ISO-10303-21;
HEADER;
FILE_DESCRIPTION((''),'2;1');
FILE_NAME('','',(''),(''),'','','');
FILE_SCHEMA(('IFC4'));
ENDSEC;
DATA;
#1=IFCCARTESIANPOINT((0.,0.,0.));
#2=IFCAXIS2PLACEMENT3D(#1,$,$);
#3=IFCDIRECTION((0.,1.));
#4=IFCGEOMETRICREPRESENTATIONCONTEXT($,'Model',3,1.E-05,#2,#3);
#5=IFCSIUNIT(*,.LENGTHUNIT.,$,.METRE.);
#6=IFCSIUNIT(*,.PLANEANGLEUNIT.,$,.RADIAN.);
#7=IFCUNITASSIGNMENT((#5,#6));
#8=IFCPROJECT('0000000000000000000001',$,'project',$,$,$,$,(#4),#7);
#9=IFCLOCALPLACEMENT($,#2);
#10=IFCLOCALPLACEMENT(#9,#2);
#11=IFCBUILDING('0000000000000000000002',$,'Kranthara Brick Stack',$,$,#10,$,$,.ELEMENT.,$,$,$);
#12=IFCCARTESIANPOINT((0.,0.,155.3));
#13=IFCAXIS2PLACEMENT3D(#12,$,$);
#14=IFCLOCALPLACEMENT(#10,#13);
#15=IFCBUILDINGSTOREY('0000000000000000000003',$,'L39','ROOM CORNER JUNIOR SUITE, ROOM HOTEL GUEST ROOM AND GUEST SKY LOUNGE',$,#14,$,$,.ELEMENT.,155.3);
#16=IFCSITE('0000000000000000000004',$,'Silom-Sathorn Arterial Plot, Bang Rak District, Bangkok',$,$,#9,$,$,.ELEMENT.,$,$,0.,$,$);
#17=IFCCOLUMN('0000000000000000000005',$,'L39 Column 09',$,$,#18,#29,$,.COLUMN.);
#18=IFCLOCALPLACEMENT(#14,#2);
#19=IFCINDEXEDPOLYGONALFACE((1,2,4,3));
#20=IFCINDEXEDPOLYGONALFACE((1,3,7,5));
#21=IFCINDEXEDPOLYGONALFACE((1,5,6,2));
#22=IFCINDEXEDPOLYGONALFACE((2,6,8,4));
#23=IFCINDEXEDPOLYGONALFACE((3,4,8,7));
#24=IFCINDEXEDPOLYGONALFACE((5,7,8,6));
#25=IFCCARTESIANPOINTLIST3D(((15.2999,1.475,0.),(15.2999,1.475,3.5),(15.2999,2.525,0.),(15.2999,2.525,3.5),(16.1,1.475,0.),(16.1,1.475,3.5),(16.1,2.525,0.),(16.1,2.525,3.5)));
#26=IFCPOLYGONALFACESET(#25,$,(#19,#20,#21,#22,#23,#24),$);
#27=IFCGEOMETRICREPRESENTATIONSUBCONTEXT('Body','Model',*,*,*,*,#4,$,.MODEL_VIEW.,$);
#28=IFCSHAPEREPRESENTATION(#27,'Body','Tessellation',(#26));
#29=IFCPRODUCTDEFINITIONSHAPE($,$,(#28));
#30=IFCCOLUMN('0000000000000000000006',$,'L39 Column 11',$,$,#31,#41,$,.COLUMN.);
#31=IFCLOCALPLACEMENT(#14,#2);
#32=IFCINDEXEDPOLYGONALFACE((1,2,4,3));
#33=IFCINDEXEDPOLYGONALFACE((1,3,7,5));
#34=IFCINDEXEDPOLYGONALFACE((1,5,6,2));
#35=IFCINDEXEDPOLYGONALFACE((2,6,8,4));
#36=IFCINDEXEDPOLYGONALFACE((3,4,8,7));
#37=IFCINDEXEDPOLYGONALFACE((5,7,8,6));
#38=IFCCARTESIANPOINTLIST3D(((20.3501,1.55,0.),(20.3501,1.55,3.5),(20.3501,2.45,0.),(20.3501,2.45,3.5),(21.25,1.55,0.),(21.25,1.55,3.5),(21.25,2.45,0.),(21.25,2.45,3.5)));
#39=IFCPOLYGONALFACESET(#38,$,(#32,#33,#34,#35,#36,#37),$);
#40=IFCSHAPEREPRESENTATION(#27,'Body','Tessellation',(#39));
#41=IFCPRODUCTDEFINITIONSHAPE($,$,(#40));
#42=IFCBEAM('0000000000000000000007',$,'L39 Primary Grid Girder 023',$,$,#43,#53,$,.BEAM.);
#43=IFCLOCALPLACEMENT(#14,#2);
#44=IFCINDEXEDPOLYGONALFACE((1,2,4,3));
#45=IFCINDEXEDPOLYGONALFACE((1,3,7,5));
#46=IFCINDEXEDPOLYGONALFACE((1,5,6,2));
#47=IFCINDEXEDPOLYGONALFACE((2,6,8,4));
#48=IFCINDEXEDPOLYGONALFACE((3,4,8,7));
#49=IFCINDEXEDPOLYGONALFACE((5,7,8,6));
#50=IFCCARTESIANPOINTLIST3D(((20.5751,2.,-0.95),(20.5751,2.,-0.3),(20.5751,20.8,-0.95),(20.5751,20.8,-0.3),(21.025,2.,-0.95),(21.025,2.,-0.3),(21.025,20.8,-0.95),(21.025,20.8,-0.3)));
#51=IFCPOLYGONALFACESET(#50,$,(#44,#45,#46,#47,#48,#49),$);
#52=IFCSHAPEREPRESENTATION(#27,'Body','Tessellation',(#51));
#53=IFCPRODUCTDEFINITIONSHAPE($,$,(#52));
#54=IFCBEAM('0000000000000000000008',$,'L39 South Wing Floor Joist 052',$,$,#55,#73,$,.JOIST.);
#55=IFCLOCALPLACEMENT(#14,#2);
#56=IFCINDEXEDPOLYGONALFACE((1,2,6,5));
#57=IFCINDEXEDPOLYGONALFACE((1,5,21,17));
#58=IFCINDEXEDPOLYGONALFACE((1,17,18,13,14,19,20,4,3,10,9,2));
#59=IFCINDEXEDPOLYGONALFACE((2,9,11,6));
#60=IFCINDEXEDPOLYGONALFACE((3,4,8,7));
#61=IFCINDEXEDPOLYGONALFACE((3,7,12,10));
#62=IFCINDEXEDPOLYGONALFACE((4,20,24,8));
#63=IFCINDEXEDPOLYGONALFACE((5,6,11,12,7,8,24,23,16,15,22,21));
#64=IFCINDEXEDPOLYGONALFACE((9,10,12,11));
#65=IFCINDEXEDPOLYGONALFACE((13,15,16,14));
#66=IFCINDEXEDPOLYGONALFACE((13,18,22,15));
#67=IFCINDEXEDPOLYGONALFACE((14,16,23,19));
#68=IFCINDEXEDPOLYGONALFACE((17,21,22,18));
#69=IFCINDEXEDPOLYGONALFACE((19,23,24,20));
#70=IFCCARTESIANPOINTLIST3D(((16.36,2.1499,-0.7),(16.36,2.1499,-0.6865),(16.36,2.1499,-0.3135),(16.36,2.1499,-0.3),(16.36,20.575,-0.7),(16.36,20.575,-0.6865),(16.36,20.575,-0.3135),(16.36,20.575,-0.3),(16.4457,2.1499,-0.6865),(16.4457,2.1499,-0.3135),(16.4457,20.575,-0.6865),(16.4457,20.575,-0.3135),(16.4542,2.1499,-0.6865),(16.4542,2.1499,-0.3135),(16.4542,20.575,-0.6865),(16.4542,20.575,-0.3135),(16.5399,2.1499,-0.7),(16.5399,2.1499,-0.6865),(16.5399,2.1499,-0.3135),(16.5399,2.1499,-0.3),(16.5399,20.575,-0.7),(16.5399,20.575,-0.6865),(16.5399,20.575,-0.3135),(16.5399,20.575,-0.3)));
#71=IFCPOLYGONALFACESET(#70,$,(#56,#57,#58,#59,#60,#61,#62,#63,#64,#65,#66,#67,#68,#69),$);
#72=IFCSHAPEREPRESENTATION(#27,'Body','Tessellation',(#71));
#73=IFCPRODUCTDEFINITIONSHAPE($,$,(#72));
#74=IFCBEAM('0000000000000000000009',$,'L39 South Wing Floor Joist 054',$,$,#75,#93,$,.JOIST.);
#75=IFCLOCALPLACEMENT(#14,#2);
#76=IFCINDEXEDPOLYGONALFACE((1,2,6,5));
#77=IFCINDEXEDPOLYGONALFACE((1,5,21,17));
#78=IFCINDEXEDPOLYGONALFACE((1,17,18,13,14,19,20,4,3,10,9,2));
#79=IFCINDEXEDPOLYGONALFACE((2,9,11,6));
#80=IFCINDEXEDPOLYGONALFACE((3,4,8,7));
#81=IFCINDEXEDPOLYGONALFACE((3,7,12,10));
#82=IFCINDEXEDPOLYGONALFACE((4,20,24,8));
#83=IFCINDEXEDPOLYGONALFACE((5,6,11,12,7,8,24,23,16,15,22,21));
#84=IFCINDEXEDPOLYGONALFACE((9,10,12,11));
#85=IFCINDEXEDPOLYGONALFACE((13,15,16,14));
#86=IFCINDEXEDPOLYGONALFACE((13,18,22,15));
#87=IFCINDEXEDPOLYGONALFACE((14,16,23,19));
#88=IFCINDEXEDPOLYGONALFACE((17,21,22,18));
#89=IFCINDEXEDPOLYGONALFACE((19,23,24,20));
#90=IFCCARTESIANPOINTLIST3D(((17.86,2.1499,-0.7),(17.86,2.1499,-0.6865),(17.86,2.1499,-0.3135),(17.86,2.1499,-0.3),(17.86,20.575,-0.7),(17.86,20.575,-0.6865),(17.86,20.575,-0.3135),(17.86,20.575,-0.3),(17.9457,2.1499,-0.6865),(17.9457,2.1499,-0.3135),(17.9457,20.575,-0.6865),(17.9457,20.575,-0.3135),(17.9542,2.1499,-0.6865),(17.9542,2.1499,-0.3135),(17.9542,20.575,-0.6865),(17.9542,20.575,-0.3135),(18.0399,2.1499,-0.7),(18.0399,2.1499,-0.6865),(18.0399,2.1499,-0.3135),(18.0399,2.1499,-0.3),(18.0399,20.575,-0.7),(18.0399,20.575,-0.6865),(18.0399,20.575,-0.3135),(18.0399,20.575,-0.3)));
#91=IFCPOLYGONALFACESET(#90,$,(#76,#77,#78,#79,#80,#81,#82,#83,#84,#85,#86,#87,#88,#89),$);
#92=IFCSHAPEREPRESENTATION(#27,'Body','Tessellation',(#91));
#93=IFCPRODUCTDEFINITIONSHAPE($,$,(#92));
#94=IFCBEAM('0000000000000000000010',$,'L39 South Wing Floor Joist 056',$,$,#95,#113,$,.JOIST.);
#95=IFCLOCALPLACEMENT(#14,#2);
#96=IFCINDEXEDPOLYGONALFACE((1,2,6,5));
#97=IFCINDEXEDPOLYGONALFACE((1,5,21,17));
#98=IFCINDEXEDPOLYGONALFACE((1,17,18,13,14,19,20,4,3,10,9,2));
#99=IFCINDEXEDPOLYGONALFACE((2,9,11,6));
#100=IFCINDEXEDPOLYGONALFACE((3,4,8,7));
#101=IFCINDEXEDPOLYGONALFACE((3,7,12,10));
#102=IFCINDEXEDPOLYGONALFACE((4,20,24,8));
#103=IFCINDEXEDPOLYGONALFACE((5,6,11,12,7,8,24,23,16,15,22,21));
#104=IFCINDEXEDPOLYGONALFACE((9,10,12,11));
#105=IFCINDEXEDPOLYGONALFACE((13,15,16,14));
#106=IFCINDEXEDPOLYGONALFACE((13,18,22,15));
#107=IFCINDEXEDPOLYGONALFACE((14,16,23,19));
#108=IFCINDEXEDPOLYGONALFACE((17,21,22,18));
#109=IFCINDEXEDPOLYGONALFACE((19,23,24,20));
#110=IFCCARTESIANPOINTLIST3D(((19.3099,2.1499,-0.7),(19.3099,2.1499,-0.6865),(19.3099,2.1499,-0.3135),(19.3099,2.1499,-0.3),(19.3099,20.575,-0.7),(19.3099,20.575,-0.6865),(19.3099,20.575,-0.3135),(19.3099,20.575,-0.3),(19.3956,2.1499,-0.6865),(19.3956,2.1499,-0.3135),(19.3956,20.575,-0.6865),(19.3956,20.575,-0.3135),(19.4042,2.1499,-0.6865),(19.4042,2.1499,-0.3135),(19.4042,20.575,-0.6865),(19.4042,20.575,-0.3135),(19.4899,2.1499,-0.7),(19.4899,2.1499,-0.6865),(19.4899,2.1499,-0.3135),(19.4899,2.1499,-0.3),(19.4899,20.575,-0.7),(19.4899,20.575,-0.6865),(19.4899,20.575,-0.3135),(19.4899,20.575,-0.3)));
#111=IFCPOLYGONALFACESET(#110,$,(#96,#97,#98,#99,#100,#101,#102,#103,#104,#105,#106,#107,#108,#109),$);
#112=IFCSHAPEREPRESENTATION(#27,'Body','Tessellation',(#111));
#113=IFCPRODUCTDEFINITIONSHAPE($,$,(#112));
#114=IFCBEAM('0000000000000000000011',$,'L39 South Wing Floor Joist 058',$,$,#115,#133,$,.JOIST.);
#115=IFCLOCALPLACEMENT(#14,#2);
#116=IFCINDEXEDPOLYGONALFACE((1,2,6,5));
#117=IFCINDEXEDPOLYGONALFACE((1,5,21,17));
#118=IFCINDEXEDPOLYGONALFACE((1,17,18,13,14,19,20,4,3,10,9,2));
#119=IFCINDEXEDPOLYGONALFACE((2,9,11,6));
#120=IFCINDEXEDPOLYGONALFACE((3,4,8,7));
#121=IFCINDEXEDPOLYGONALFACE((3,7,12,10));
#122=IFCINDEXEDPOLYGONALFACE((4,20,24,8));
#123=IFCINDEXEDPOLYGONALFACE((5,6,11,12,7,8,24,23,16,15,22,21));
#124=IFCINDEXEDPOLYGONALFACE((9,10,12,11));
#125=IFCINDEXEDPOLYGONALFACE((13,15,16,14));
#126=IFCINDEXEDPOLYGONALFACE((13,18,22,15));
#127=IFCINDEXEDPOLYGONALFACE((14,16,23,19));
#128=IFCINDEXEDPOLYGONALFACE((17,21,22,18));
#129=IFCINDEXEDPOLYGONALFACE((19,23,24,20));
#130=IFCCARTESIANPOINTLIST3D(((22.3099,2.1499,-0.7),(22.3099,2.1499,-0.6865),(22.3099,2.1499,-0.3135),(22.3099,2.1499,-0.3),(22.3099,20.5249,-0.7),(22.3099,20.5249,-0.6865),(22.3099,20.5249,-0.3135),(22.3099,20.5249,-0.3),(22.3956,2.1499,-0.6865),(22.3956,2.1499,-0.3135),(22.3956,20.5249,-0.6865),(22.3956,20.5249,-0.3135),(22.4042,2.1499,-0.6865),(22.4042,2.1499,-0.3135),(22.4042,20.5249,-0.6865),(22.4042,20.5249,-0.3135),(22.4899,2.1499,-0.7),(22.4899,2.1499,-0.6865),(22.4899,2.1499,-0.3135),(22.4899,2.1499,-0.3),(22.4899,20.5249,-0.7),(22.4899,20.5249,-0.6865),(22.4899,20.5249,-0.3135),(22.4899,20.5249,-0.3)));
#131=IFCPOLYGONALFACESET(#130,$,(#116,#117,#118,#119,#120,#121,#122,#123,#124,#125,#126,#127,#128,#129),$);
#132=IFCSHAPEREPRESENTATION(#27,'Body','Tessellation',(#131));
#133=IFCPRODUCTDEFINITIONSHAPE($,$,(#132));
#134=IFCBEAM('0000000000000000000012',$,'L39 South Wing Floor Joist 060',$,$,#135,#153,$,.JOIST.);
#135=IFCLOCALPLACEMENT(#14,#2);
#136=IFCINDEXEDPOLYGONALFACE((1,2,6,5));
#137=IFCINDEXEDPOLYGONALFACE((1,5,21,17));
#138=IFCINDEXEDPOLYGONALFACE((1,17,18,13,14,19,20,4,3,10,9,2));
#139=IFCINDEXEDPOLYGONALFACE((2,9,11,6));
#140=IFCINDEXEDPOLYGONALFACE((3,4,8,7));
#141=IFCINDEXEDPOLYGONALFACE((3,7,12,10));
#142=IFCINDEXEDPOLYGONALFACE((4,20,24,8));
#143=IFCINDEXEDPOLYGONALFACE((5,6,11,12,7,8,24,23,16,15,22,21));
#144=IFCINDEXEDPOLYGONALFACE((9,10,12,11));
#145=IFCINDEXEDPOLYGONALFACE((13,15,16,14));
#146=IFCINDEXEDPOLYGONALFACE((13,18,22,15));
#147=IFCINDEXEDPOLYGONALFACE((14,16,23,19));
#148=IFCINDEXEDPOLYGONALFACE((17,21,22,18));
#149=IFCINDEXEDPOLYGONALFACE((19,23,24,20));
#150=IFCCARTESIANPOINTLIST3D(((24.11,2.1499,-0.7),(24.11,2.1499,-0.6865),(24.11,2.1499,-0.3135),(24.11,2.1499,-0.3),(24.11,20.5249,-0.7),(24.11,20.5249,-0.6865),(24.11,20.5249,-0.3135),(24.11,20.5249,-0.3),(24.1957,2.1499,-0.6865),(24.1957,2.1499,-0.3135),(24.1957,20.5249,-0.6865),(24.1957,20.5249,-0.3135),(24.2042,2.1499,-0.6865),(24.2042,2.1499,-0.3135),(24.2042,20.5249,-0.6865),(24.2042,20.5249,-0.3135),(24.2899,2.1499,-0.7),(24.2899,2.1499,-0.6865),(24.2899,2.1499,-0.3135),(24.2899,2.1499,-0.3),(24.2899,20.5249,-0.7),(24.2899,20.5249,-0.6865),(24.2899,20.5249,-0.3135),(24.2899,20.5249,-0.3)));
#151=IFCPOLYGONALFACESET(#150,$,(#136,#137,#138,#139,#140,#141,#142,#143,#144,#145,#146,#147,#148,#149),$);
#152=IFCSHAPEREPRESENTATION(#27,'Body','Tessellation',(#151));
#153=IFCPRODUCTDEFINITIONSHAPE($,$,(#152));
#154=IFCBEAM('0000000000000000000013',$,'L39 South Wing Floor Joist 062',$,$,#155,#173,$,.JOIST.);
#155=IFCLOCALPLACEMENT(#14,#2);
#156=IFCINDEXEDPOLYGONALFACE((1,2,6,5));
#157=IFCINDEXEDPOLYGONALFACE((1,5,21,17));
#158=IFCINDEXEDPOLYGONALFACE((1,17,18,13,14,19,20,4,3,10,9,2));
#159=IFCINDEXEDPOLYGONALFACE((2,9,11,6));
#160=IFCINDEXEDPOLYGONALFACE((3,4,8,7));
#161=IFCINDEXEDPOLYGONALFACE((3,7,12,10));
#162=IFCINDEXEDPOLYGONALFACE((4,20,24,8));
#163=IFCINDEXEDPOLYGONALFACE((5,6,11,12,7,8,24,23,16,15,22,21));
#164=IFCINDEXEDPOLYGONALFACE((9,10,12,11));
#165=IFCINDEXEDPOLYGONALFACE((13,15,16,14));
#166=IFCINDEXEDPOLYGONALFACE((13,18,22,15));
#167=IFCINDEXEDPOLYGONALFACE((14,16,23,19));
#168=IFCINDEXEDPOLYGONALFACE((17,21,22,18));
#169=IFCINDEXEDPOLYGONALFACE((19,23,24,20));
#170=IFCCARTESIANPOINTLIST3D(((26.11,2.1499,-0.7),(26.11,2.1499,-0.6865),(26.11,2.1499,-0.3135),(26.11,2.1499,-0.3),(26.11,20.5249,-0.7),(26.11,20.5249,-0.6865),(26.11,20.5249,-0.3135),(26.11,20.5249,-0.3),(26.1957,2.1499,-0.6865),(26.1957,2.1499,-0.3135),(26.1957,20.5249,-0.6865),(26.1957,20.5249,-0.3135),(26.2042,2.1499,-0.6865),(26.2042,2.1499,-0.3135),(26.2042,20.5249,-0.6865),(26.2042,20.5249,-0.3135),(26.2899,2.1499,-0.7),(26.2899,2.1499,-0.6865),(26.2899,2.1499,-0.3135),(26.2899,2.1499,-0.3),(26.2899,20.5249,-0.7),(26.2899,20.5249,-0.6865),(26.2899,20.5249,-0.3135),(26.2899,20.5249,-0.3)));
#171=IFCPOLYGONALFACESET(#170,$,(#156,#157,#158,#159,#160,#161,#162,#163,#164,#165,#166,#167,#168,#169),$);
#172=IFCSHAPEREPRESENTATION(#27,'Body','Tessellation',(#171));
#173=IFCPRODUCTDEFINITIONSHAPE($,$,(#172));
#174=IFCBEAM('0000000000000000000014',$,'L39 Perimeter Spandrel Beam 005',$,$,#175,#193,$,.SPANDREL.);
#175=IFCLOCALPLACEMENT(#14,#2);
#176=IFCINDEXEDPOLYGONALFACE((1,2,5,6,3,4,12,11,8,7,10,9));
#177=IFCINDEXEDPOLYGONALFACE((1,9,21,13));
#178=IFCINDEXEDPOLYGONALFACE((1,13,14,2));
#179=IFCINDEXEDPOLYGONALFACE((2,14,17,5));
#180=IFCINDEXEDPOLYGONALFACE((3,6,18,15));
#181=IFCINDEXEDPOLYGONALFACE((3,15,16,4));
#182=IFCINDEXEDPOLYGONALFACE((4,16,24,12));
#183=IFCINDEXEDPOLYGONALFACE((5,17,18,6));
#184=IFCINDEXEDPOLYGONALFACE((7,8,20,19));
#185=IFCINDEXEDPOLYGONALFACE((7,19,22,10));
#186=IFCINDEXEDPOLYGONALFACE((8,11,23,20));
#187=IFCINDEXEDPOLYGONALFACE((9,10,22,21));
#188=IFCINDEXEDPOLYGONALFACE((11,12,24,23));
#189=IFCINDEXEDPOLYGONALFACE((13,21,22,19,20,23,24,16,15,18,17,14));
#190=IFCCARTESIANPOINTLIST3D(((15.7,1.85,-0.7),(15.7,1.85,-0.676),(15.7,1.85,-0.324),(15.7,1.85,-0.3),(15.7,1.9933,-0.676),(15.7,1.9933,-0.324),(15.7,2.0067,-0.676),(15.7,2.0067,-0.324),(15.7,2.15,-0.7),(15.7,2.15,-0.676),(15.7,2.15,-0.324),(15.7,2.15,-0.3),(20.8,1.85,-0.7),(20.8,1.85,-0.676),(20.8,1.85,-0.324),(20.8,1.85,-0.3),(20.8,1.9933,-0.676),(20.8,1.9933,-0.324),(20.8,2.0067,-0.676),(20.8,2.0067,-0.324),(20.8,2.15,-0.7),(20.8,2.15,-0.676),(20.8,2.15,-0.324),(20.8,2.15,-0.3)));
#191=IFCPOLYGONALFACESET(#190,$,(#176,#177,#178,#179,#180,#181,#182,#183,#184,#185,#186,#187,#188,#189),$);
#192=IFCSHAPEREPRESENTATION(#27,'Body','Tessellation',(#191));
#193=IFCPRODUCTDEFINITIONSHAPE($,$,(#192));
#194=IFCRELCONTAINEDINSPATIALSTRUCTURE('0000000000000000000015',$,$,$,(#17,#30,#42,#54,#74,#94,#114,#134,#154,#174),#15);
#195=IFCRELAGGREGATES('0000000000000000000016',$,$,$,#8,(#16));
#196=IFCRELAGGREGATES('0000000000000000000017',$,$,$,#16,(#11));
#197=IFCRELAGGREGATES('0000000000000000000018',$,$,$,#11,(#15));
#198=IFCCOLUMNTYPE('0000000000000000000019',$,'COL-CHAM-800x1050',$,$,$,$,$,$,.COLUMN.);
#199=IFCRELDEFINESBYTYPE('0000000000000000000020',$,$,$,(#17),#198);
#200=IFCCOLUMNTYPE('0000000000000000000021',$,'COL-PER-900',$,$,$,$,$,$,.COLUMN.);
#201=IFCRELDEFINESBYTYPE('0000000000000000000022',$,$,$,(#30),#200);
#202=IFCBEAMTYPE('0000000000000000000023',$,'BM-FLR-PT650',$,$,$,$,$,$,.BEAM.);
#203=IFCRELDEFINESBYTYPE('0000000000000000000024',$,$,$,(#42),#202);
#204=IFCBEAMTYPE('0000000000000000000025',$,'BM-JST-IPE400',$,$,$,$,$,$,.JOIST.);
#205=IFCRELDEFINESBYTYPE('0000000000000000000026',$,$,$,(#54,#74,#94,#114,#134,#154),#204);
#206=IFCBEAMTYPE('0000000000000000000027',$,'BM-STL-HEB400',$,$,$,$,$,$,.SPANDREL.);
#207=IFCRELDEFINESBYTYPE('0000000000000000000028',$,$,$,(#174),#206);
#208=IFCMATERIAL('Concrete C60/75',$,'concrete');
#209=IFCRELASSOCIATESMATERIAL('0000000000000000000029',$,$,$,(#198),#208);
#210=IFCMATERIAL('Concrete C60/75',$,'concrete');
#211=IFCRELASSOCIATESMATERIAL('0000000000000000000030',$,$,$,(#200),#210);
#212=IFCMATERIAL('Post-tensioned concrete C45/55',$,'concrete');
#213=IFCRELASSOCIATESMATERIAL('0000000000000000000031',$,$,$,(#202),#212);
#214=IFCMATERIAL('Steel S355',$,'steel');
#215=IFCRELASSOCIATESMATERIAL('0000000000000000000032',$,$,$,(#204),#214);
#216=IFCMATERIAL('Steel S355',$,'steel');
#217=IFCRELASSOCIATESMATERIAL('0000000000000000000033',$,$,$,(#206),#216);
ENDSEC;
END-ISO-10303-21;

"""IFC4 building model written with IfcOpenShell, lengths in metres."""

from ifc_helpers import new_model, si_unit, direction, frame, origin, origin_2d, place, context, subcontext, project, spatial, rectangle, i_section, extrude, material, material_profile, profile_set, type_object, element, save


model = new_model("IFC4")

# Units and contexts
model_context = context("Model", 3, precision=1e-05, world=origin(), true_north=direction((0.0, 1.0)))
body_context = subcontext(model_context, "Body", "Model", "MODEL_VIEW")
ifc_project = project(units=[si_unit("LENGTHUNIT", "METRE"), si_unit("PLANEANGLEUNIT", "RADIAN")], contexts=[model_context])

# Site, building, storey
site_placement = place(None, origin())
site = spatial("IfcSite", under=ifc_project, at=site_placement, Name="Silom-Sathorn Arterial Plot, Bang Rak District, Bangkok", CompositionType="ELEMENT", RefElevation=0.0)
building_placement = place(site_placement, origin())
building = spatial("IfcBuilding", under=site, at=building_placement, Name="Kranthara Brick Stack", CompositionType="ELEMENT")
storey_placement = place(building_placement, frame((0.0, 0.0, 155.3)))
storey = spatial("IfcBuildingStorey", under=building, at=storey_placement, Name="L39", Description="ROOM CORNER JUNIOR SUITE, ROOM HOTEL GUEST ROOM AND GUEST SKY LOUNGE", CompositionType="ELEMENT", Elevation=155.3)

# Columns
ifc_material_1 = material(Name="Concrete C60/75", Category="concrete")
ifc_material_profile_1 = material_profile(ifc_material_1, rectangle(XDim=0.8, YDim=1.05, at=origin_2d()), Name="RC 800x1050")
ifc_profile_set_1 = profile_set([ifc_material_profile_1], Name="Concrete C60/75")
column_type_1 = type_object("IfcColumnType", Name="COL-CHAM-800x1050", PredefinedType="COLUMN", material=ifc_profile_set_1)
column_1_placement = place(storey_placement, frame((15.7, 2.0, 0.0), z_axis=(0.0, 0.0, 1.0), x_axis=(1.0, 0.0, 0.0)))
element("IfcColumn", 1, at=column_1_placement, inside=storey, type_object=column_type_1, Name="L39 Column 09", PredefinedType="COLUMN", context=body_context, shape_type="SweptSolid", body=[
    extrude(rectangle(XDim=0.8, YDim=1.05, at=origin_2d()), origin(), (0.0, 0.0, 1.0), 3.5),
])
ifc_material_2 = material(Name="Concrete C60/75", Category="concrete")
ifc_material_profile_2 = material_profile(ifc_material_2, rectangle(XDim=0.8999, YDim=0.8999, at=origin_2d()), Name="RC 900x900")
ifc_profile_set_2 = profile_set([ifc_material_profile_2], Name="Concrete C60/75")
column_type_2 = type_object("IfcColumnType", Name="COL-PER-900", PredefinedType="COLUMN", material=ifc_profile_set_2)
column_2_placement = place(storey_placement, frame((20.8, 2.0, 0.0), z_axis=(0.0, 0.0, 1.0), x_axis=(1.0, 0.0, 0.0)))
element("IfcColumn", 2, at=column_2_placement, inside=storey, type_object=column_type_2, Name="L39 Column 11", PredefinedType="COLUMN", context=body_context, shape_type="SweptSolid", body=[
    extrude(rectangle(XDim=0.8999, YDim=0.8999, at=origin_2d()), origin(), (0.0, 0.0, 1.0), 3.5),
])

# Beams
ifc_material_3 = material(Name="Post-tensioned concrete C45/55", Category="concrete")
ifc_material_profile_3 = material_profile(ifc_material_3, rectangle(XDim=0.45, YDim=0.6499, at=origin_2d()), Name="PT 450x650")
ifc_profile_set_3 = profile_set([ifc_material_profile_3], Name="Post-tensioned concrete C45/55")
beam_type_1 = type_object("IfcBeamType", Name="BM-FLR-PT650", PredefinedType="BEAM", material=ifc_profile_set_3)
beam_1_placement = place(storey_placement, frame((20.8, 2.0, -0.625), z_axis=(0.0, 1.0, 0.0), x_axis=(-1.0, 0.0, 0.0)))
element("IfcBeam", 3, at=beam_1_placement, inside=storey, type_object=beam_type_1, Name="L39 Primary Grid Girder 023", PredefinedType="BEAM", context=body_context, shape_type="SweptSolid", body=[
    extrude(rectangle(XDim=0.45, YDim=0.6499, at=origin_2d()), origin(), (0.0, 0.0, 1.0), 18.8),
])
ifc_material_4 = material(Name="Steel S355", Category="steel")
ifc_material_profile_4 = material_profile(ifc_material_4, i_section(OverallWidth=0.1799, OverallDepth=0.3999, WebThickness=0.0085, FlangeThickness=0.0134, at=origin_2d()), Name="IPE 400")
ifc_profile_set_4 = profile_set([ifc_material_profile_4], Name="Steel S355")
beam_type_2 = type_object("IfcBeamType", Name="BM-JST-IPE400", PredefinedType="JOIST", material=ifc_profile_set_4)
for number, where, z_axis, x_axis, name in (
    (4, (16.45, 2.1499, -0.5), (0.0, 1.0, 0.0), (-1.0, 0.0, 0.0), "L39 South Wing Floor Joist 052"),
    (5, (17.95, 2.1499, -0.5), (0.0, 1.0, 0.0), (-1.0, 0.0, 0.0), "L39 South Wing Floor Joist 054"),
    (6, (19.3999, 2.1499, -0.5), (0.0, 1.0, 0.0), (-1.0, 0.0, 0.0), "L39 South Wing Floor Joist 056"),
):
    element("IfcBeam", number, at=place(storey_placement, frame(where, z_axis=z_axis, x_axis=x_axis)), inside=storey, type_object=beam_type_2, Name=name, PredefinedType="JOIST", context=body_context, shape_type="SweptSolid", body=[
        extrude(i_section(OverallWidth=0.1799, OverallDepth=0.3999, WebThickness=0.0085, FlangeThickness=0.0134, at=origin_2d()), origin(), (0.0, 0.0, 1.0), 18.425),
    ])
for number, where, z_axis, x_axis, name in (
    (7, (22.3999, 2.1499, -0.5), (0.0, 1.0, 0.0), (-1.0, 0.0, 0.0), "L39 South Wing Floor Joist 058"),
    (8, (24.2, 2.1499, -0.5), (0.0, 1.0, 0.0), (-1.0, 0.0, 0.0), "L39 South Wing Floor Joist 060"),
    (9, (26.2, 2.1499, -0.5), (0.0, 1.0, 0.0), (-1.0, 0.0, 0.0), "L39 South Wing Floor Joist 062"),
):
    element("IfcBeam", number, at=place(storey_placement, frame(where, z_axis=z_axis, x_axis=x_axis)), inside=storey, type_object=beam_type_2, Name=name, PredefinedType="JOIST", context=body_context, shape_type="SweptSolid", body=[
        extrude(i_section(OverallWidth=0.1799, OverallDepth=0.3999, WebThickness=0.0085, FlangeThickness=0.0134, at=origin_2d()), origin(), (0.0, 0.0, 1.0), 18.375),
    ])
ifc_material_5 = material(Name="Steel S355", Category="steel")
ifc_material_profile_5 = material_profile(ifc_material_5, i_section(OverallWidth=0.3, OverallDepth=0.3999, WebThickness=0.0134, FlangeThickness=0.0239, at=origin_2d()), Name="HEB 400")
ifc_profile_set_5 = profile_set([ifc_material_profile_5], Name="Steel S355")
beam_type_3 = type_object("IfcBeamType", Name="BM-STL-HEB400", PredefinedType="SPANDREL", material=ifc_profile_set_5)
beam_2_placement = place(storey_placement, frame((15.7, 2.0, -0.5), z_axis=(1.0, 0.0, 0.0), x_axis=(0.0, 1.0, 0.0)))
element("IfcBeam", 10, at=beam_2_placement, inside=storey, type_object=beam_type_3, Name="L39 Perimeter Spandrel Beam 005", PredefinedType="SPANDREL", context=body_context, shape_type="SweptSolid", body=[
    extrude(i_section(OverallWidth=0.3, OverallDepth=0.3999, WebThickness=0.0134, FlangeThickness=0.0239, at=origin_2d()), origin(), (0.0, 0.0, 1.0), 5.1001),
])

save(model, "model.ifc")
